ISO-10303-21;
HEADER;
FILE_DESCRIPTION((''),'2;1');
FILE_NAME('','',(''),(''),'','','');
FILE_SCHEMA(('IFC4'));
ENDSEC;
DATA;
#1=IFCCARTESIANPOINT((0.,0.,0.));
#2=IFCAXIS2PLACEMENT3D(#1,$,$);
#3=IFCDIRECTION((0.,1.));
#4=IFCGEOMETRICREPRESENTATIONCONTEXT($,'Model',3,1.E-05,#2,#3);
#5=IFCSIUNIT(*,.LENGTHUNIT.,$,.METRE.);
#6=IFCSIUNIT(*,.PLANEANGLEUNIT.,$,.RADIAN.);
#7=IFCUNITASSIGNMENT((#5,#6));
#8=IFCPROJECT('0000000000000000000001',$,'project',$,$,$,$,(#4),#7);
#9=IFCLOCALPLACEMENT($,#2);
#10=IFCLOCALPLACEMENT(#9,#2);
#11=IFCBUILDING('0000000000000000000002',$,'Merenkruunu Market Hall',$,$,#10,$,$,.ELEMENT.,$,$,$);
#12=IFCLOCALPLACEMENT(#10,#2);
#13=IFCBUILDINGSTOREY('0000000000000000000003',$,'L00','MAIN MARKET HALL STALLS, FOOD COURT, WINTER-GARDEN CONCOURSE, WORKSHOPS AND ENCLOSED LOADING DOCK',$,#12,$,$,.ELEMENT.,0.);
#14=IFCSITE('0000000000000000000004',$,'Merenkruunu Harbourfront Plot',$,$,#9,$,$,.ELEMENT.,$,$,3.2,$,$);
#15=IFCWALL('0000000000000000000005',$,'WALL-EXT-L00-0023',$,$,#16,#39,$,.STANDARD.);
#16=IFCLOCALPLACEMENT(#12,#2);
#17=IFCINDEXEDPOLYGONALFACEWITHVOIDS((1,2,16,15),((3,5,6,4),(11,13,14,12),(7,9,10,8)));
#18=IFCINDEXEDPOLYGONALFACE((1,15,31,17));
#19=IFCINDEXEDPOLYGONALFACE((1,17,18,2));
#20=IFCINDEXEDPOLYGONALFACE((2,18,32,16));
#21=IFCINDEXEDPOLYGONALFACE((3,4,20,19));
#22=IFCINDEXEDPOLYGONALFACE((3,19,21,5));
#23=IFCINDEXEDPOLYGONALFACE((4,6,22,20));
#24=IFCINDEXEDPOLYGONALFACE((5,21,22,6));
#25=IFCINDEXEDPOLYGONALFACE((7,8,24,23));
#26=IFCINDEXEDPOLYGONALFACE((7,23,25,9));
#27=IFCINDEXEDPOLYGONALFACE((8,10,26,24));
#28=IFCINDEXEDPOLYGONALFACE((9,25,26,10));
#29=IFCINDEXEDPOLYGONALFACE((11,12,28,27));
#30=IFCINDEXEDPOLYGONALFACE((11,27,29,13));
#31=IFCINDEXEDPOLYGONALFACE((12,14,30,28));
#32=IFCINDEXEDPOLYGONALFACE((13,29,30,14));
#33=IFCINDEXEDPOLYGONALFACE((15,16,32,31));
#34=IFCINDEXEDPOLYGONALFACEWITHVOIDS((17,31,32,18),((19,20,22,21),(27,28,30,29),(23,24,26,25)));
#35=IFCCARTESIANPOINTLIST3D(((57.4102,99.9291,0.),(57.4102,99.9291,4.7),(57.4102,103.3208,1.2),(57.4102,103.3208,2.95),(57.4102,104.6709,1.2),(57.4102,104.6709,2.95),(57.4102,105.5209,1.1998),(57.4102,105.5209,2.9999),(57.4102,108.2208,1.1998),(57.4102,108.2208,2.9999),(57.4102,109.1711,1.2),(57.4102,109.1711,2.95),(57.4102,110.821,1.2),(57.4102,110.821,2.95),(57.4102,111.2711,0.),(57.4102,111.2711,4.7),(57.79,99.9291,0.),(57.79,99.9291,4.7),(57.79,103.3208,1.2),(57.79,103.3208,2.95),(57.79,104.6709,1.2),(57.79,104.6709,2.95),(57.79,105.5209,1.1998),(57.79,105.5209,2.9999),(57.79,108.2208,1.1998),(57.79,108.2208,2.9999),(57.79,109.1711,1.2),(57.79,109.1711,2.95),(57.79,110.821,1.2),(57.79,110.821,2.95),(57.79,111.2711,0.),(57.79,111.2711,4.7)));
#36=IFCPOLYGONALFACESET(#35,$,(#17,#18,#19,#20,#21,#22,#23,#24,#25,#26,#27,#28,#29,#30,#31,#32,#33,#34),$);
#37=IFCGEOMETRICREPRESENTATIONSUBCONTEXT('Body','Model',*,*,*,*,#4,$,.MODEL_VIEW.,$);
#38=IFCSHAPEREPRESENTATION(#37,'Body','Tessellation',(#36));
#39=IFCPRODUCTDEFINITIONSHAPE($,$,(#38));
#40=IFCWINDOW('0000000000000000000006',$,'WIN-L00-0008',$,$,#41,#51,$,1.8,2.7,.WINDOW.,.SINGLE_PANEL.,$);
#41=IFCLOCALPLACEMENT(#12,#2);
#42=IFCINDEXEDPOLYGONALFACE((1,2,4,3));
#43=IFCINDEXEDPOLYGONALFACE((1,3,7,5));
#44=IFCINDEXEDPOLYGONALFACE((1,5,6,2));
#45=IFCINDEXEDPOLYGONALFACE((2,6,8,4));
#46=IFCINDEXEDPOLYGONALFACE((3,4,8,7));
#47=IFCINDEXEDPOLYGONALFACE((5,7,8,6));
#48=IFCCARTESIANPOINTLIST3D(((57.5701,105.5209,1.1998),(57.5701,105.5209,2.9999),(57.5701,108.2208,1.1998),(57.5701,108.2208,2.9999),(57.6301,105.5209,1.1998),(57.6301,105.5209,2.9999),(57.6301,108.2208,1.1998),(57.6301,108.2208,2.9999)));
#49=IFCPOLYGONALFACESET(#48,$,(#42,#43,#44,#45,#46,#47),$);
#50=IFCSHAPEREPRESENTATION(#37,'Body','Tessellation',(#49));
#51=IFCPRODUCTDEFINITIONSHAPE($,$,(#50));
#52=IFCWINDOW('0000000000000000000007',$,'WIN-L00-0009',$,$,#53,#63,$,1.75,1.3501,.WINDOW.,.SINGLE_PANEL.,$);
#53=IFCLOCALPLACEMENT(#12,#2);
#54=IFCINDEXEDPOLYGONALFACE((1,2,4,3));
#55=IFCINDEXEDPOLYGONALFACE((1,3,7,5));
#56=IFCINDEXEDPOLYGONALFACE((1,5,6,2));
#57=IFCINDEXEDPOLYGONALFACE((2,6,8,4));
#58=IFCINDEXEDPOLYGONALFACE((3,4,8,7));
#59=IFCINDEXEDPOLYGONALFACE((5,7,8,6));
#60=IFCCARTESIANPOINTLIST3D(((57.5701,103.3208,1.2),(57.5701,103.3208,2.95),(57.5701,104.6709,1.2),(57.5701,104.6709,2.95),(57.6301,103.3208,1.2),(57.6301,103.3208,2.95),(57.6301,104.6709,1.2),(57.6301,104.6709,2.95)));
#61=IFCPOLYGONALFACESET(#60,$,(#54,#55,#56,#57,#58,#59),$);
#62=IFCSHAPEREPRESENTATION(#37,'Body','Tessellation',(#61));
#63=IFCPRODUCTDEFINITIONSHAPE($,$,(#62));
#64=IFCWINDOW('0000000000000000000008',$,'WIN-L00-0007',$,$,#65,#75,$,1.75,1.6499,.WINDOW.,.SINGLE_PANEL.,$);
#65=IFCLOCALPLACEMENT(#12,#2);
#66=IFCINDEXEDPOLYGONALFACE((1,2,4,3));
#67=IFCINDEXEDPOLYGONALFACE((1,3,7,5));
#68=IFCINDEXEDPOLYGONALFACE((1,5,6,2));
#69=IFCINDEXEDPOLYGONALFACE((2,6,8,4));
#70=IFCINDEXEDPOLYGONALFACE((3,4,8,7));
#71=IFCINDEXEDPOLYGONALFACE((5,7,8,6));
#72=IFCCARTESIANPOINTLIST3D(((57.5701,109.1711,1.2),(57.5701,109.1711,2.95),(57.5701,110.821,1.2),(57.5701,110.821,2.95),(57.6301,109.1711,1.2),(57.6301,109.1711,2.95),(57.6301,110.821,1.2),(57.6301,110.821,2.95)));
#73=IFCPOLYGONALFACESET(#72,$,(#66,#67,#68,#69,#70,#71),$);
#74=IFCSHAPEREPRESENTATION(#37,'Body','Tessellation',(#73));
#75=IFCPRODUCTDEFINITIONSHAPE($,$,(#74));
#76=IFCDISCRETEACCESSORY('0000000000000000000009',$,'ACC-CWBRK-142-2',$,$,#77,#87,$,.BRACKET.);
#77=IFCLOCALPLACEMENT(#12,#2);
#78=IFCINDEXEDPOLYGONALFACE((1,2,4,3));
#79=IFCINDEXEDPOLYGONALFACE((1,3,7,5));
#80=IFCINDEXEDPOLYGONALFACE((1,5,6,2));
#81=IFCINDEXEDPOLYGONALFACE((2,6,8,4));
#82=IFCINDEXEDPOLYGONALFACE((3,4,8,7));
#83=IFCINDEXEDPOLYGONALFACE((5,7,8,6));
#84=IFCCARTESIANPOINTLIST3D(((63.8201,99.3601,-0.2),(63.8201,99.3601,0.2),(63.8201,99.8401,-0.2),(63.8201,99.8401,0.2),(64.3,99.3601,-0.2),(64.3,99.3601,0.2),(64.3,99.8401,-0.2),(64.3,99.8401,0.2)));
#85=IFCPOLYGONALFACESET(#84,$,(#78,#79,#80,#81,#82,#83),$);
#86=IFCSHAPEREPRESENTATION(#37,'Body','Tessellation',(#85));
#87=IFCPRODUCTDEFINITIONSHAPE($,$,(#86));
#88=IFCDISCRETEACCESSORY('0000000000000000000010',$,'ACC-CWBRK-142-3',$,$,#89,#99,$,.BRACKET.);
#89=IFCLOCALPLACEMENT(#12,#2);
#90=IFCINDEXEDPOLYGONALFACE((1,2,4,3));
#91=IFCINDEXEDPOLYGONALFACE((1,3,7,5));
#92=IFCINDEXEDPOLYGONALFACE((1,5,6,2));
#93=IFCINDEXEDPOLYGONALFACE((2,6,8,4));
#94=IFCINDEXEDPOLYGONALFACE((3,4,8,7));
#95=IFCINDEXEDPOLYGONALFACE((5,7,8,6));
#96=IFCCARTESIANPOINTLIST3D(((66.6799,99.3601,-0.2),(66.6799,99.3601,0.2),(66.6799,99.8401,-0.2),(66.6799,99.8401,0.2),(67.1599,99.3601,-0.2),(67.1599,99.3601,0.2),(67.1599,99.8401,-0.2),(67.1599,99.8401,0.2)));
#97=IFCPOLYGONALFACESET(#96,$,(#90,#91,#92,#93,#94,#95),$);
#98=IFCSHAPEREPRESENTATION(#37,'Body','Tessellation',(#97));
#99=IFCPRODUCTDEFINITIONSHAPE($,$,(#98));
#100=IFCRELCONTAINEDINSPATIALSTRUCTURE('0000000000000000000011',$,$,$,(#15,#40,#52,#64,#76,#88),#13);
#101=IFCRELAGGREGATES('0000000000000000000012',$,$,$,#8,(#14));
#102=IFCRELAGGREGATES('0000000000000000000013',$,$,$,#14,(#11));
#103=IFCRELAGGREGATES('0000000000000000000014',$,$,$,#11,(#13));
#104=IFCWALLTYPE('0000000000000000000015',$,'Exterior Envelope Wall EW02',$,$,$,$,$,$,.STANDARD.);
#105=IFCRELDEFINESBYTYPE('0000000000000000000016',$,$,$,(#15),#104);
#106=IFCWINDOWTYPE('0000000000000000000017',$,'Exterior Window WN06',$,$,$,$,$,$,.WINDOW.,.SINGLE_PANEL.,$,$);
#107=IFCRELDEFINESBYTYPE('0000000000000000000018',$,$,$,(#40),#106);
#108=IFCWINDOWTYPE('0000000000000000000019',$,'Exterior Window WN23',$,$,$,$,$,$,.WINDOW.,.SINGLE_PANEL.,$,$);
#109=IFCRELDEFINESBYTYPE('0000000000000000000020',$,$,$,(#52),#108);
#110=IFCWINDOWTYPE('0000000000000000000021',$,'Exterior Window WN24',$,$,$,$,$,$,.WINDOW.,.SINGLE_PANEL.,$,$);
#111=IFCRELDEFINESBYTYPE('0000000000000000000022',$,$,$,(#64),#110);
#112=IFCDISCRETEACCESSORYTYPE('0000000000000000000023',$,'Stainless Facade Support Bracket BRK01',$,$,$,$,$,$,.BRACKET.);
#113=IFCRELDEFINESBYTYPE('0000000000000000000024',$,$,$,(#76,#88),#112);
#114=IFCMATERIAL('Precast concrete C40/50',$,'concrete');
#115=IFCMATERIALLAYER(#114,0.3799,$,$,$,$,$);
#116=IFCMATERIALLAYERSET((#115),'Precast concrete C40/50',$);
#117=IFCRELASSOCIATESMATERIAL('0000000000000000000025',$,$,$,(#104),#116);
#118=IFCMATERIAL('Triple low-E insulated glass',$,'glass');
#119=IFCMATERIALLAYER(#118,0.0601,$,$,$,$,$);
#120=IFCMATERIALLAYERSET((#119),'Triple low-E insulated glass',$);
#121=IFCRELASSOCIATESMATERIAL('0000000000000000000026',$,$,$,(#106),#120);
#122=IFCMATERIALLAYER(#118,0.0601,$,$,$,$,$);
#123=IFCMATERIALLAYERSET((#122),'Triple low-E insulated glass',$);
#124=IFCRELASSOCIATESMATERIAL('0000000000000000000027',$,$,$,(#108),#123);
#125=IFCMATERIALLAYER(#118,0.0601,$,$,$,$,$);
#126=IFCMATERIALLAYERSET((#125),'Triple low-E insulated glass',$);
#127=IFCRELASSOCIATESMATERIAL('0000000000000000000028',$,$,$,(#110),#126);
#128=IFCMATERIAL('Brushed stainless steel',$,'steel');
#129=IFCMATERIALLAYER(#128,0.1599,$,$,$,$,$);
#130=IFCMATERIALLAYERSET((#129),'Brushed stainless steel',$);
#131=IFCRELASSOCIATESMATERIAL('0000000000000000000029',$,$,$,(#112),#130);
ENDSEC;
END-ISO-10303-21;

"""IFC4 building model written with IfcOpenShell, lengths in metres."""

from ifc_helpers import new_model, si_unit, direction, frame, frame_2d, origin, origin_2d, place, context, subcontext, project, spatial, rectangle, extrude, material, layer, layer_set, type_object, element, fill, save


model = new_model("IFC4")

# Units and contexts
model_context = context("Model", 3, precision=1e-05, world=origin(), true_north=direction((0.0, 1.0)))
body_context = subcontext(model_context, "Body", "Model", "MODEL_VIEW")
ifc_project = project(units=[si_unit("LENGTHUNIT", "METRE"), si_unit("PLANEANGLEUNIT", "RADIAN")], contexts=[model_context])

# Site, building, storey
site_placement = place(None, origin())
site = spatial("IfcSite", under=ifc_project, at=site_placement, Name="Merenkruunu Harbourfront Plot", CompositionType="ELEMENT", RefElevation=3.2)
building_placement = place(site_placement, origin())
building = spatial("IfcBuilding", under=site, at=building_placement, Name="Merenkruunu Market Hall", CompositionType="ELEMENT")
storey_placement = place(building_placement, origin())
storey = spatial("IfcBuildingStorey", under=building, at=storey_placement, Name="L00", Description="MAIN MARKET HALL STALLS, FOOD COURT, WINTER-GARDEN CONCOURSE, WORKSHOPS AND ENCLOSED LOADING DOCK", CompositionType="ELEMENT", Elevation=0.0)

# Shared definitions
ifc_material_1 = material(Name="Triple low-E insulated glass", Category="glass")

# Wall, openings, windows
ifc_material_2 = material(Name="Precast concrete C40/50", Category="concrete")
ifc_layer_1 = layer(ifc_material_2, 0.3799)
ifc_layer_set_1 = layer_set([ifc_layer_1], Name="Precast concrete C40/50")
wall_type = type_object("IfcWallType", Name="Exterior Envelope Wall EW02", PredefinedType="STANDARD", material=ifc_layer_set_1)
wall_placement = place(storey_placement, frame((57.6001, 111.271, 0.0), z_axis=(0.0, 0.0, 1.0), x_axis=(0.0, -1.0, 0.0)))
wall = element("IfcWall", 1, at=wall_placement, inside=storey, type_object=wall_type, Name="WALL-EXT-L00-0023", PredefinedType="STANDARD", context=body_context, shape_type="SweptSolid", body=[
    extrude(rectangle(XDim=11.342, YDim=0.3799, at=frame_2d((5.6709, 0.0))), origin(), (0.0, 0.0, 1.0), 4.7),
])
opening_1_placement = place(wall_placement, frame((0.45, 0.0, 1.2)))
opening_1 = element("IfcOpeningElement", 2, at=opening_1_placement, cuts=wall, PredefinedType="OPENING", context=body_context, shape_type="SweptSolid", body=[
    extrude(rectangle(XDim=1.6499, YDim=1.75, at=frame_2d((0.825, 0.875))), frame((0.0, 0.2, 0.0), z_axis=(0.0, -1.0, 0.0), x_axis=(1.0, 0.0, 0.0)), (0.0, 0.0, 1.0), 0.3999),
])
opening_2_placement = place(wall_placement, frame((3.05, 0.0, 1.2)))
opening_2 = element("IfcOpeningElement", 3, at=opening_2_placement, cuts=wall, PredefinedType="OPENING", context=body_context, shape_type="SweptSolid", body=[
    extrude(rectangle(XDim=2.7, YDim=1.8, at=frame_2d((1.3501, 0.8999))), frame((0.0, 0.2, 0.0), z_axis=(0.0, -1.0, 0.0), x_axis=(1.0, 0.0, 0.0)), (0.0, 0.0, 1.0), 0.3999),
])
opening_3_placement = place(wall_placement, frame((6.6001, 0.0, 1.2)))
opening_3 = element("IfcOpeningElement", 4, at=opening_3_placement, cuts=wall, PredefinedType="OPENING", context=body_context, shape_type="SweptSolid", body=[
    extrude(rectangle(XDim=1.3501, YDim=1.75, at=frame_2d((0.675, 0.875))), frame((0.0, 0.2, 0.0), z_axis=(0.0, -1.0, 0.0), x_axis=(1.0, 0.0, 0.0)), (0.0, 0.0, 1.0), 0.3999),
])
ifc_layer_2 = layer(ifc_material_1, 0.0601)
ifc_layer_set_2 = layer_set([ifc_layer_2], Name="Triple low-E insulated glass")
window_type_1 = type_object("IfcWindowType", Name="Exterior Window WN06", PartitioningType="SINGLE_PANEL", PredefinedType="WINDOW", material=ifc_layer_set_2)
window_1_placement = place(opening_2_placement, origin())
window_1 = element("IfcWindow", 5, at=window_1_placement, inside=storey, type_object=window_type_1, Name="WIN-L00-0008", OverallHeight=1.8, OverallWidth=2.7, PartitioningType="SINGLE_PANEL", PredefinedType="WINDOW", context=body_context, shape_type="SweptSolid", body=[
    extrude(rectangle(XDim=2.7, YDim=1.8, at=frame_2d((1.3501, 0.8999))), frame((0.0, 0.03, 0.0), z_axis=(0.0, -1.0, 0.0), x_axis=(1.0, 0.0, 0.0)), (0.0, 0.0, 1.0), 0.0601),
])
fill(opening_2, window_1)
ifc_layer_3 = layer(ifc_material_1, 0.0601)
ifc_layer_set_3 = layer_set([ifc_layer_3], Name="Triple low-E insulated glass")
window_type_2 = type_object("IfcWindowType", Name="Exterior Window WN23", PartitioningType="SINGLE_PANEL", PredefinedType="WINDOW", material=ifc_layer_set_3)
window_2_placement = place(opening_3_placement, origin())
window_2 = element("IfcWindow", 6, at=window_2_placement, inside=storey, type_object=window_type_2, Name="WIN-L00-0009", OverallHeight=1.75, OverallWidth=1.3501, PartitioningType="SINGLE_PANEL", PredefinedType="WINDOW", context=body_context, shape_type="SweptSolid", body=[
    extrude(rectangle(XDim=1.3501, YDim=1.75, at=frame_2d((0.675, 0.875))), frame((0.0, 0.03, 0.0), z_axis=(0.0, -1.0, 0.0), x_axis=(1.0, 0.0, 0.0)), (0.0, 0.0, 1.0), 0.0601),
])
fill(opening_3, window_2)
ifc_layer_4 = layer(ifc_material_1, 0.0601)
ifc_layer_set_4 = layer_set([ifc_layer_4], Name="Triple low-E insulated glass")
window_type_3 = type_object("IfcWindowType", Name="Exterior Window WN24", PartitioningType="SINGLE_PANEL", PredefinedType="WINDOW", material=ifc_layer_set_4)
window_3_placement = place(opening_1_placement, origin())
window_3 = element("IfcWindow", 7, at=window_3_placement, inside=storey, type_object=window_type_3, Name="WIN-L00-0007", OverallHeight=1.75, OverallWidth=1.6499, PartitioningType="SINGLE_PANEL", PredefinedType="WINDOW", context=body_context, shape_type="SweptSolid", body=[
    extrude(rectangle(XDim=1.6499, YDim=1.75, at=frame_2d((0.825, 0.875))), frame((0.0, 0.03, 0.0), z_axis=(0.0, -1.0, 0.0), x_axis=(1.0, 0.0, 0.0)), (0.0, 0.0, 1.0), 0.0601),
])
fill(opening_1, window_3)

# Discrete accessories
ifc_material_3 = material(Name="Brushed stainless steel", Category="steel")
ifc_layer_5 = layer(ifc_material_3, 0.1599)
ifc_layer_set_5 = layer_set([ifc_layer_5], Name="Brushed stainless steel")
discrete_accessory_type = type_object("IfcDiscreteAccessoryType", Name="Stainless Facade Support Bracket BRK01", PredefinedType="BRACKET", material=ifc_layer_set_5)
for number, where, z_axis, x_axis, name in (
    (8, (64.0601, 99.6001, -0.2), (0.0, 0.0, 1.0), (1.0, 0.0, 0.0), "ACC-CWBRK-142-2"),
    (9, (66.9199, 99.6001, -0.2), (0.0, 0.0, 1.0), (1.0, 0.0, 0.0), "ACC-CWBRK-142-3"),
):
    element("IfcDiscreteAccessory", number, at=place(storey_placement, frame(where, z_axis=z_axis, x_axis=x_axis)), inside=storey, type_object=discrete_accessory_type, Name=name, PredefinedType="BRACKET", context=body_context, shape_type="SweptSolid", body=[
        extrude(rectangle(XDim=0.48, YDim=0.48, at=origin_2d()), origin(), (0.0, 0.0, 1.0), 0.3999),
    ])

save(model, "model.ifc")
